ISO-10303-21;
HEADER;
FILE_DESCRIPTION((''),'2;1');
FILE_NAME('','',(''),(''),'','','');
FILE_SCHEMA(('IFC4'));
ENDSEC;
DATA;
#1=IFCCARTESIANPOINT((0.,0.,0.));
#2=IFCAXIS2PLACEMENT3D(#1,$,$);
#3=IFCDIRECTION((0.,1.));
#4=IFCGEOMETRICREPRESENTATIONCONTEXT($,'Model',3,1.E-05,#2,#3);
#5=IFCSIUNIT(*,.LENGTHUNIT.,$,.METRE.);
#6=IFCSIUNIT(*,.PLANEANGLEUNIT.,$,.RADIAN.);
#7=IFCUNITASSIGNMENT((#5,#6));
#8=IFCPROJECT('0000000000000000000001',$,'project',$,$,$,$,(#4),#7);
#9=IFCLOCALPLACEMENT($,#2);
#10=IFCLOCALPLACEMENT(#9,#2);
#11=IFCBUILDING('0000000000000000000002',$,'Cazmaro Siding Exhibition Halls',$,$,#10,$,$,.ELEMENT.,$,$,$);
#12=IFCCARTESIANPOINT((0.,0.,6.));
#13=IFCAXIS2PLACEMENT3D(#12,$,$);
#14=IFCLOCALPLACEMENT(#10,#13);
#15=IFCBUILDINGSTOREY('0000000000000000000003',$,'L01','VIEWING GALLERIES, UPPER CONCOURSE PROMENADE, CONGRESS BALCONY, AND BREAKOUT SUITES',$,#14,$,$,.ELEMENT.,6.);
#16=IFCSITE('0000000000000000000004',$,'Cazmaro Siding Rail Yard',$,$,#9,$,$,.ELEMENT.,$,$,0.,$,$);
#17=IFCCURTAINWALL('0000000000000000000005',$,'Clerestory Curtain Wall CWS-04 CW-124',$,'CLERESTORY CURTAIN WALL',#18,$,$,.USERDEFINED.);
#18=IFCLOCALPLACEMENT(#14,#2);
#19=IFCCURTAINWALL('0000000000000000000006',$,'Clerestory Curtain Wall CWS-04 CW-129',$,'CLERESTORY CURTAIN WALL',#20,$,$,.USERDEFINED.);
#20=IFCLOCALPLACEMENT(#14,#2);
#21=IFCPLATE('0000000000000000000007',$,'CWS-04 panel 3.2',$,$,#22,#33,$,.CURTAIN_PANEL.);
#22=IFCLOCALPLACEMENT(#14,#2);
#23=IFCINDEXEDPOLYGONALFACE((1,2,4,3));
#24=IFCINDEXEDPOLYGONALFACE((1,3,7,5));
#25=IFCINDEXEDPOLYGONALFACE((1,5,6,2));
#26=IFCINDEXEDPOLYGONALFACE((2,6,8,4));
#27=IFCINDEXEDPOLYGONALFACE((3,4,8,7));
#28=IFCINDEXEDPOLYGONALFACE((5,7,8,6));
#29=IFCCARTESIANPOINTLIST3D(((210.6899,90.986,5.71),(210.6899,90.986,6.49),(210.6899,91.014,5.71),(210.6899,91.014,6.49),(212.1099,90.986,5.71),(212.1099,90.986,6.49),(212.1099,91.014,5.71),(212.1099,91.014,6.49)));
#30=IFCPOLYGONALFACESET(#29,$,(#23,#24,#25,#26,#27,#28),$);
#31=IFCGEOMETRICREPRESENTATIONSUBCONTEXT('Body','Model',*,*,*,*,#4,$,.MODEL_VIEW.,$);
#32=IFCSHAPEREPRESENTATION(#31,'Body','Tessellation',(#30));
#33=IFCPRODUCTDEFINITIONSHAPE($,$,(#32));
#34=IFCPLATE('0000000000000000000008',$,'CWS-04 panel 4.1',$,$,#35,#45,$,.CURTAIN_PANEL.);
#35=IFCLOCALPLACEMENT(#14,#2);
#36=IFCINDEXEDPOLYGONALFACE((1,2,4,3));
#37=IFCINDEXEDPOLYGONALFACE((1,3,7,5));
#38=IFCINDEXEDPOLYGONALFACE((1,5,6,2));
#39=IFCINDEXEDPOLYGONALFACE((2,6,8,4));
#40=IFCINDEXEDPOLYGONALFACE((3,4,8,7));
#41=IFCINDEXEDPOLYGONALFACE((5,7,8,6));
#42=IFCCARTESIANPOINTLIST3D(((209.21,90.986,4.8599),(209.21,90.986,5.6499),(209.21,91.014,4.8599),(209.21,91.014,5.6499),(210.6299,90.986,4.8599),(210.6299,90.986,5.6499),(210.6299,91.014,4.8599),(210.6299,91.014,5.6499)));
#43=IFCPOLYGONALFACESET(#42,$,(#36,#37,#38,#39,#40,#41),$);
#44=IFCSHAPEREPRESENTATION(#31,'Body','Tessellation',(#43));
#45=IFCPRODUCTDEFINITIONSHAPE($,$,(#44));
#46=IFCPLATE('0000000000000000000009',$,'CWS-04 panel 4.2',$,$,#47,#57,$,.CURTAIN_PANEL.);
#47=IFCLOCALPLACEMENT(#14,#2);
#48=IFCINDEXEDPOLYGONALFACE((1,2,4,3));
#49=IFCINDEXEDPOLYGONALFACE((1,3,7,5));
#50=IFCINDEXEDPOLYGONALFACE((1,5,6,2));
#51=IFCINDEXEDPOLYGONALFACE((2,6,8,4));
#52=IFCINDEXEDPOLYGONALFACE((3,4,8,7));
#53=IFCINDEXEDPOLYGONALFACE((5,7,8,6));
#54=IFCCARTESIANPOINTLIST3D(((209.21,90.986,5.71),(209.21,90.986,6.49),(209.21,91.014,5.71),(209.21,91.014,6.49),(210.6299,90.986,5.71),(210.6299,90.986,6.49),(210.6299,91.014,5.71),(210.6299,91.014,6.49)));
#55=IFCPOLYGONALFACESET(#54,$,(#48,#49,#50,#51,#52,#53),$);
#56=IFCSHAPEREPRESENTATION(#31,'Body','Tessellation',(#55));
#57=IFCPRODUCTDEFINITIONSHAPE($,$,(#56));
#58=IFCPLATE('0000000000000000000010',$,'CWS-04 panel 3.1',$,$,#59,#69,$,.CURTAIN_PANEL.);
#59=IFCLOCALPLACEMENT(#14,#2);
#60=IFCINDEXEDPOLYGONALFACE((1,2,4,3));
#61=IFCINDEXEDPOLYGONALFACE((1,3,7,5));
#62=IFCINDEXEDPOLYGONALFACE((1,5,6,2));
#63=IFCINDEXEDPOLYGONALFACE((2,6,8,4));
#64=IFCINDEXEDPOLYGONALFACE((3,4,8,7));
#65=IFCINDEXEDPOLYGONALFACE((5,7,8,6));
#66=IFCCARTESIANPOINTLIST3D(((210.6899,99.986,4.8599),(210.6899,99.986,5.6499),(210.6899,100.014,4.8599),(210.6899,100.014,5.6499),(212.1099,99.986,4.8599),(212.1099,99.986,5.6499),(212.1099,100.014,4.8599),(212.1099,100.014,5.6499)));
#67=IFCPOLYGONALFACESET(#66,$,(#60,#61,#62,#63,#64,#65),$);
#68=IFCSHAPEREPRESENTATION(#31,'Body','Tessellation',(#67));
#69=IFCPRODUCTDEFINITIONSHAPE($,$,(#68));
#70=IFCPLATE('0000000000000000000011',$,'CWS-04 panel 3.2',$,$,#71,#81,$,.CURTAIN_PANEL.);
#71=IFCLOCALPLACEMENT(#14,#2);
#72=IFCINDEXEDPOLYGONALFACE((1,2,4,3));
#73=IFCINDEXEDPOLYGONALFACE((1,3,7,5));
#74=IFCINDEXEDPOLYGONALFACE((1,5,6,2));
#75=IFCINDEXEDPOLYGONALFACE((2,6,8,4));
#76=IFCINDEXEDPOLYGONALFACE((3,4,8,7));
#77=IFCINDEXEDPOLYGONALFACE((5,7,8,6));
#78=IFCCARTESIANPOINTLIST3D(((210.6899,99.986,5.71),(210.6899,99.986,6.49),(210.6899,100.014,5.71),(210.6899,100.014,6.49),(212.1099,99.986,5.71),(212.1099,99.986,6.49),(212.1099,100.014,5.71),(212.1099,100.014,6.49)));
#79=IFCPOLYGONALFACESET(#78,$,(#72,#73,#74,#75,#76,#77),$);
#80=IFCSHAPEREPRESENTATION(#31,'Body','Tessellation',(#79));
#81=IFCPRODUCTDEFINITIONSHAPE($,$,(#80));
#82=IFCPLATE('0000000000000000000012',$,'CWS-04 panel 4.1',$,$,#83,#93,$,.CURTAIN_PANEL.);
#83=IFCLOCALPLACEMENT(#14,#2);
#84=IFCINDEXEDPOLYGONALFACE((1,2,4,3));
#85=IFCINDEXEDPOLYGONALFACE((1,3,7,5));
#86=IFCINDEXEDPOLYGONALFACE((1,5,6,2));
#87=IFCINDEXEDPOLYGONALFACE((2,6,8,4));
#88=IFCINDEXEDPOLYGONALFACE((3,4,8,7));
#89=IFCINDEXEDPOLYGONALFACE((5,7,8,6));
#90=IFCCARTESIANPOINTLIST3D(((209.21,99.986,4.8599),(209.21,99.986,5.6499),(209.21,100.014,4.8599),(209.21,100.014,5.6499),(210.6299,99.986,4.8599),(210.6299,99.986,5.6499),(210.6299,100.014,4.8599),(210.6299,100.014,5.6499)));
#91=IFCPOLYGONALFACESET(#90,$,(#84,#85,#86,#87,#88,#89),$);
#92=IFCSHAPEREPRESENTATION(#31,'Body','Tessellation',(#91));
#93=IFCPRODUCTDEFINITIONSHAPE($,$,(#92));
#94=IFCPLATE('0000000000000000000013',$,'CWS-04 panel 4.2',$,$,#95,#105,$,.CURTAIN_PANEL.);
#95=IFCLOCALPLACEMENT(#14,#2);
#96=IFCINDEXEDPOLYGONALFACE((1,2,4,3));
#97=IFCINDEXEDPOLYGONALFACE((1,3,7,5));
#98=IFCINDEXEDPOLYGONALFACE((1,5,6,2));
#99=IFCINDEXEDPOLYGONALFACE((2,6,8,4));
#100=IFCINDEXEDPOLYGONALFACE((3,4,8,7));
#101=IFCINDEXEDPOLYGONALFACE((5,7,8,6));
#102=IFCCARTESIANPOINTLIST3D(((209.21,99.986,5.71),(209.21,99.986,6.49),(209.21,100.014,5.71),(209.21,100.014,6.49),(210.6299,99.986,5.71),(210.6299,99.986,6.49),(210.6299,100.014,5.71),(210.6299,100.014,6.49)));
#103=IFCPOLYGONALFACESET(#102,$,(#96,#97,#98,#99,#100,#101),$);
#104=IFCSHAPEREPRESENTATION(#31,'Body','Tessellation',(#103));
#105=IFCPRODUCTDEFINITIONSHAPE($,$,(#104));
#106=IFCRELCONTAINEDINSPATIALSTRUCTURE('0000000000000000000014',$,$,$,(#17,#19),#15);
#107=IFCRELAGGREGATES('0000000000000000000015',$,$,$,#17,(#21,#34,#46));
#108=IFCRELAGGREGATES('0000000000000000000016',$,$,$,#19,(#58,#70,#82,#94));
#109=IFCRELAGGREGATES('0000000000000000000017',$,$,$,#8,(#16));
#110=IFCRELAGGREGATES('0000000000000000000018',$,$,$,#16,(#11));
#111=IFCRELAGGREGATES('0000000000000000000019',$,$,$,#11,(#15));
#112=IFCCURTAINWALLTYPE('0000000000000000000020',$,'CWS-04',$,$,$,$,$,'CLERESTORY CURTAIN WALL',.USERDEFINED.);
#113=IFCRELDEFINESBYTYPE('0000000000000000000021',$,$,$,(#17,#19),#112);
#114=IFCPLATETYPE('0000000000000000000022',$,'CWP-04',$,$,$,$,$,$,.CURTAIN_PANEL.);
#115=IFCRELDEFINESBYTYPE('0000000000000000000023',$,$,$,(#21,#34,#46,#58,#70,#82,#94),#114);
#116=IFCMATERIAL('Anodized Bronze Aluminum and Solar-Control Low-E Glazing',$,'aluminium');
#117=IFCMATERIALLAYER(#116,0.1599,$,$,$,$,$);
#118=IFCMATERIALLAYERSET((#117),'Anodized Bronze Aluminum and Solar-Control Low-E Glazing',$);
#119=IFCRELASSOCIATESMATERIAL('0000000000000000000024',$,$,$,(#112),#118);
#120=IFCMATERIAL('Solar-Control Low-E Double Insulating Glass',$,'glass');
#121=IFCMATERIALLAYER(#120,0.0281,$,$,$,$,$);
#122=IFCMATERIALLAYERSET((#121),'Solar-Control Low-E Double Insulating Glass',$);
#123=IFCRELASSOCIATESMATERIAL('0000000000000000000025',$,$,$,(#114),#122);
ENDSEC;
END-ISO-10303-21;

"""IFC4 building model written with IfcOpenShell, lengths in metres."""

from ifc_helpers import new_model, si_unit, direction, frame, origin, origin_2d, place, context, subcontext, project, spatial, rectangle, extrude, material, layer, layer_set, type_object, element, aggregate, save


model = new_model("IFC4")

# Units and contexts
model_context = context("Model", 3, precision=1e-05, world=origin(), true_north=direction((0.0, 1.0)))
body_context = subcontext(model_context, "Body", "Model", "MODEL_VIEW")
ifc_project = project(units=[si_unit("LENGTHUNIT", "METRE"), si_unit("PLANEANGLEUNIT", "RADIAN")], contexts=[model_context])

# Site, building, storey
site_placement = place(None, origin())
site = spatial("IfcSite", under=ifc_project, at=site_placement, Name="Cazmaro Siding Rail Yard", CompositionType="ELEMENT", RefElevation=0.0)
building_placement = place(site_placement, origin())
building = spatial("IfcBuilding", under=site, at=building_placement, Name="Cazmaro Siding Exhibition Halls", CompositionType="ELEMENT")
storey_placement = place(building_placement, frame((0.0, 0.0, 6.0)))
storey = spatial("IfcBuildingStorey", under=building, at=storey_placement, Name="L01", Description="VIEWING GALLERIES, UPPER CONCOURSE PROMENADE, CONGRESS BALCONY, AND BREAKOUT SUITES", CompositionType="ELEMENT", Elevation=6.0)

# Curtain walls
ifc_material_1 = material(Name="Anodized Bronze Aluminum and Solar-Control Low-E Glazing", Category="aluminium")
ifc_layer_1 = layer(ifc_material_1, 0.1599)
ifc_layer_set_1 = layer_set([ifc_layer_1], Name="Anodized Bronze Aluminum and Solar-Control Low-E Glazing")
curtain_wall_type = type_object("IfcCurtainWallType", Name="CWS-04", ElementType="CLERESTORY CURTAIN WALL", PredefinedType="USERDEFINED", material=ifc_layer_set_1)
curtain_wall_1_placement = place(storey_placement, origin())
curtain_wall_1 = element("IfcCurtainWall", 1, at=curtain_wall_1_placement, inside=storey, type_object=curtain_wall_type, Name="Clerestory Curtain Wall CWS-04 CW-124", ObjectType="CLERESTORY CURTAIN WALL", PredefinedType="USERDEFINED")
curtain_wall_2_placement = place(storey_placement, origin())
curtain_wall_2 = element("IfcCurtainWall", 2, at=curtain_wall_2_placement, inside=storey, type_object=curtain_wall_type, Name="Clerestory Curtain Wall CWS-04 CW-129", ObjectType="CLERESTORY CURTAIN WALL", PredefinedType="USERDEFINED")

# Plates
ifc_material_2 = material(Name="Solar-Control Low-E Double Insulating Glass", Category="glass")
ifc_layer_2 = layer(ifc_material_2, 0.0281)
ifc_layer_set_2 = layer_set([ifc_layer_2], Name="Solar-Control Low-E Double Insulating Glass")
plate_type = type_object("IfcPlateType", Name="CWP-04", PredefinedType="CURTAIN_PANEL", material=ifc_layer_set_2)
plate_1_placement = place(storey_placement, frame((211.3999, 91.0, 5.71), z_axis=(0.0, 0.0, 1.0), x_axis=(-1.0, 0.0, 0.0)))
plate_1 = element("IfcPlate", 3, at=plate_1_placement, type_object=plate_type, Name="CWS-04 panel 3.2", PredefinedType="CURTAIN_PANEL", context=body_context, shape_type="SweptSolid", body=[
    extrude(rectangle(XDim=1.4199, YDim=0.0281, at=origin_2d()), origin(), (0.0, 0.0, 1.0), 0.78),
])
plate_2_placement = place(storey_placement, frame((209.9199, 91.0, 4.8599), z_axis=(0.0, 0.0, 1.0), x_axis=(-1.0, 0.0, 0.0)))
plate_2 = element("IfcPlate", 4, at=plate_2_placement, type_object=plate_type, Name="CWS-04 panel 4.1", PredefinedType="CURTAIN_PANEL", context=body_context, shape_type="SweptSolid", body=[
    extrude(rectangle(XDim=1.4199, YDim=0.0281, at=origin_2d()), origin(), (0.0, 0.0, 1.0), 0.79),
])
plate_3_placement = place(storey_placement, frame((209.9199, 91.0, 5.71), z_axis=(0.0, 0.0, 1.0), x_axis=(-1.0, 0.0, 0.0)))
plate_3 = element("IfcPlate", 5, at=plate_3_placement, type_object=plate_type, Name="CWS-04 panel 4.2", PredefinedType="CURTAIN_PANEL", context=body_context, shape_type="SweptSolid", body=[
    extrude(rectangle(XDim=1.4199, YDim=0.0281, at=origin_2d()), origin(), (0.0, 0.0, 1.0), 0.78),
])
aggregate(curtain_wall_1, [plate_1, plate_2, plate_3])
plate_4_placement = place(storey_placement, frame((211.3999, 100.0, 4.8599), z_axis=(0.0, 0.0, 1.0), x_axis=(-1.0, 0.0, 0.0)))
plate_4 = element("IfcPlate", 6, at=plate_4_placement, type_object=plate_type, Name="CWS-04 panel 3.1", PredefinedType="CURTAIN_PANEL", context=body_context, shape_type="SweptSolid", body=[
    extrude(rectangle(XDim=1.4199, YDim=0.0281, at=origin_2d()), origin(), (0.0, 0.0, 1.0), 0.79),
])
plate_5_placement = place(storey_placement, frame((211.3999, 100.0, 5.71), z_axis=(0.0, 0.0, 1.0), x_axis=(-1.0, 0.0, 0.0)))
plate_5 = element("IfcPlate", 7, at=plate_5_placement, type_object=plate_type, Name="CWS-04 panel 3.2", PredefinedType="CURTAIN_PANEL", context=body_context, shape_type="SweptSolid", body=[
    extrude(rectangle(XDim=1.4199, YDim=0.0281, at=origin_2d()), origin(), (0.0, 0.0, 1.0), 0.78),
])
plate_6_placement = place(storey_placement, frame((209.9199, 100.0, 4.8599), z_axis=(0.0, 0.0, 1.0), x_axis=(-1.0, 0.0, 0.0)))
plate_6 = element("IfcPlate", 8, at=plate_6_placement, type_object=plate_type, Name="CWS-04 panel 4.1", PredefinedType="CURTAIN_PANEL", context=body_context, shape_type="SweptSolid", body=[
    extrude(rectangle(XDim=1.4199, YDim=0.0281, at=origin_2d()), origin(), (0.0, 0.0, 1.0), 0.79),
])
plate_7_placement = place(storey_placement, frame((209.9199, 100.0, 5.71), z_axis=(0.0, 0.0, 1.0), x_axis=(-1.0, 0.0, 0.0)))
plate_7 = element("IfcPlate", 9, at=plate_7_placement, type_object=plate_type, Name="CWS-04 panel 4.2", PredefinedType="CURTAIN_PANEL", context=body_context, shape_type="SweptSolid", body=[
    extrude(rectangle(XDim=1.4199, YDim=0.0281, at=origin_2d()), origin(), (0.0, 0.0, 1.0), 0.78),
])
aggregate(curtain_wall_2, [plate_4, plate_5, plate_6, plate_7])

save(model, "model.ifc")
